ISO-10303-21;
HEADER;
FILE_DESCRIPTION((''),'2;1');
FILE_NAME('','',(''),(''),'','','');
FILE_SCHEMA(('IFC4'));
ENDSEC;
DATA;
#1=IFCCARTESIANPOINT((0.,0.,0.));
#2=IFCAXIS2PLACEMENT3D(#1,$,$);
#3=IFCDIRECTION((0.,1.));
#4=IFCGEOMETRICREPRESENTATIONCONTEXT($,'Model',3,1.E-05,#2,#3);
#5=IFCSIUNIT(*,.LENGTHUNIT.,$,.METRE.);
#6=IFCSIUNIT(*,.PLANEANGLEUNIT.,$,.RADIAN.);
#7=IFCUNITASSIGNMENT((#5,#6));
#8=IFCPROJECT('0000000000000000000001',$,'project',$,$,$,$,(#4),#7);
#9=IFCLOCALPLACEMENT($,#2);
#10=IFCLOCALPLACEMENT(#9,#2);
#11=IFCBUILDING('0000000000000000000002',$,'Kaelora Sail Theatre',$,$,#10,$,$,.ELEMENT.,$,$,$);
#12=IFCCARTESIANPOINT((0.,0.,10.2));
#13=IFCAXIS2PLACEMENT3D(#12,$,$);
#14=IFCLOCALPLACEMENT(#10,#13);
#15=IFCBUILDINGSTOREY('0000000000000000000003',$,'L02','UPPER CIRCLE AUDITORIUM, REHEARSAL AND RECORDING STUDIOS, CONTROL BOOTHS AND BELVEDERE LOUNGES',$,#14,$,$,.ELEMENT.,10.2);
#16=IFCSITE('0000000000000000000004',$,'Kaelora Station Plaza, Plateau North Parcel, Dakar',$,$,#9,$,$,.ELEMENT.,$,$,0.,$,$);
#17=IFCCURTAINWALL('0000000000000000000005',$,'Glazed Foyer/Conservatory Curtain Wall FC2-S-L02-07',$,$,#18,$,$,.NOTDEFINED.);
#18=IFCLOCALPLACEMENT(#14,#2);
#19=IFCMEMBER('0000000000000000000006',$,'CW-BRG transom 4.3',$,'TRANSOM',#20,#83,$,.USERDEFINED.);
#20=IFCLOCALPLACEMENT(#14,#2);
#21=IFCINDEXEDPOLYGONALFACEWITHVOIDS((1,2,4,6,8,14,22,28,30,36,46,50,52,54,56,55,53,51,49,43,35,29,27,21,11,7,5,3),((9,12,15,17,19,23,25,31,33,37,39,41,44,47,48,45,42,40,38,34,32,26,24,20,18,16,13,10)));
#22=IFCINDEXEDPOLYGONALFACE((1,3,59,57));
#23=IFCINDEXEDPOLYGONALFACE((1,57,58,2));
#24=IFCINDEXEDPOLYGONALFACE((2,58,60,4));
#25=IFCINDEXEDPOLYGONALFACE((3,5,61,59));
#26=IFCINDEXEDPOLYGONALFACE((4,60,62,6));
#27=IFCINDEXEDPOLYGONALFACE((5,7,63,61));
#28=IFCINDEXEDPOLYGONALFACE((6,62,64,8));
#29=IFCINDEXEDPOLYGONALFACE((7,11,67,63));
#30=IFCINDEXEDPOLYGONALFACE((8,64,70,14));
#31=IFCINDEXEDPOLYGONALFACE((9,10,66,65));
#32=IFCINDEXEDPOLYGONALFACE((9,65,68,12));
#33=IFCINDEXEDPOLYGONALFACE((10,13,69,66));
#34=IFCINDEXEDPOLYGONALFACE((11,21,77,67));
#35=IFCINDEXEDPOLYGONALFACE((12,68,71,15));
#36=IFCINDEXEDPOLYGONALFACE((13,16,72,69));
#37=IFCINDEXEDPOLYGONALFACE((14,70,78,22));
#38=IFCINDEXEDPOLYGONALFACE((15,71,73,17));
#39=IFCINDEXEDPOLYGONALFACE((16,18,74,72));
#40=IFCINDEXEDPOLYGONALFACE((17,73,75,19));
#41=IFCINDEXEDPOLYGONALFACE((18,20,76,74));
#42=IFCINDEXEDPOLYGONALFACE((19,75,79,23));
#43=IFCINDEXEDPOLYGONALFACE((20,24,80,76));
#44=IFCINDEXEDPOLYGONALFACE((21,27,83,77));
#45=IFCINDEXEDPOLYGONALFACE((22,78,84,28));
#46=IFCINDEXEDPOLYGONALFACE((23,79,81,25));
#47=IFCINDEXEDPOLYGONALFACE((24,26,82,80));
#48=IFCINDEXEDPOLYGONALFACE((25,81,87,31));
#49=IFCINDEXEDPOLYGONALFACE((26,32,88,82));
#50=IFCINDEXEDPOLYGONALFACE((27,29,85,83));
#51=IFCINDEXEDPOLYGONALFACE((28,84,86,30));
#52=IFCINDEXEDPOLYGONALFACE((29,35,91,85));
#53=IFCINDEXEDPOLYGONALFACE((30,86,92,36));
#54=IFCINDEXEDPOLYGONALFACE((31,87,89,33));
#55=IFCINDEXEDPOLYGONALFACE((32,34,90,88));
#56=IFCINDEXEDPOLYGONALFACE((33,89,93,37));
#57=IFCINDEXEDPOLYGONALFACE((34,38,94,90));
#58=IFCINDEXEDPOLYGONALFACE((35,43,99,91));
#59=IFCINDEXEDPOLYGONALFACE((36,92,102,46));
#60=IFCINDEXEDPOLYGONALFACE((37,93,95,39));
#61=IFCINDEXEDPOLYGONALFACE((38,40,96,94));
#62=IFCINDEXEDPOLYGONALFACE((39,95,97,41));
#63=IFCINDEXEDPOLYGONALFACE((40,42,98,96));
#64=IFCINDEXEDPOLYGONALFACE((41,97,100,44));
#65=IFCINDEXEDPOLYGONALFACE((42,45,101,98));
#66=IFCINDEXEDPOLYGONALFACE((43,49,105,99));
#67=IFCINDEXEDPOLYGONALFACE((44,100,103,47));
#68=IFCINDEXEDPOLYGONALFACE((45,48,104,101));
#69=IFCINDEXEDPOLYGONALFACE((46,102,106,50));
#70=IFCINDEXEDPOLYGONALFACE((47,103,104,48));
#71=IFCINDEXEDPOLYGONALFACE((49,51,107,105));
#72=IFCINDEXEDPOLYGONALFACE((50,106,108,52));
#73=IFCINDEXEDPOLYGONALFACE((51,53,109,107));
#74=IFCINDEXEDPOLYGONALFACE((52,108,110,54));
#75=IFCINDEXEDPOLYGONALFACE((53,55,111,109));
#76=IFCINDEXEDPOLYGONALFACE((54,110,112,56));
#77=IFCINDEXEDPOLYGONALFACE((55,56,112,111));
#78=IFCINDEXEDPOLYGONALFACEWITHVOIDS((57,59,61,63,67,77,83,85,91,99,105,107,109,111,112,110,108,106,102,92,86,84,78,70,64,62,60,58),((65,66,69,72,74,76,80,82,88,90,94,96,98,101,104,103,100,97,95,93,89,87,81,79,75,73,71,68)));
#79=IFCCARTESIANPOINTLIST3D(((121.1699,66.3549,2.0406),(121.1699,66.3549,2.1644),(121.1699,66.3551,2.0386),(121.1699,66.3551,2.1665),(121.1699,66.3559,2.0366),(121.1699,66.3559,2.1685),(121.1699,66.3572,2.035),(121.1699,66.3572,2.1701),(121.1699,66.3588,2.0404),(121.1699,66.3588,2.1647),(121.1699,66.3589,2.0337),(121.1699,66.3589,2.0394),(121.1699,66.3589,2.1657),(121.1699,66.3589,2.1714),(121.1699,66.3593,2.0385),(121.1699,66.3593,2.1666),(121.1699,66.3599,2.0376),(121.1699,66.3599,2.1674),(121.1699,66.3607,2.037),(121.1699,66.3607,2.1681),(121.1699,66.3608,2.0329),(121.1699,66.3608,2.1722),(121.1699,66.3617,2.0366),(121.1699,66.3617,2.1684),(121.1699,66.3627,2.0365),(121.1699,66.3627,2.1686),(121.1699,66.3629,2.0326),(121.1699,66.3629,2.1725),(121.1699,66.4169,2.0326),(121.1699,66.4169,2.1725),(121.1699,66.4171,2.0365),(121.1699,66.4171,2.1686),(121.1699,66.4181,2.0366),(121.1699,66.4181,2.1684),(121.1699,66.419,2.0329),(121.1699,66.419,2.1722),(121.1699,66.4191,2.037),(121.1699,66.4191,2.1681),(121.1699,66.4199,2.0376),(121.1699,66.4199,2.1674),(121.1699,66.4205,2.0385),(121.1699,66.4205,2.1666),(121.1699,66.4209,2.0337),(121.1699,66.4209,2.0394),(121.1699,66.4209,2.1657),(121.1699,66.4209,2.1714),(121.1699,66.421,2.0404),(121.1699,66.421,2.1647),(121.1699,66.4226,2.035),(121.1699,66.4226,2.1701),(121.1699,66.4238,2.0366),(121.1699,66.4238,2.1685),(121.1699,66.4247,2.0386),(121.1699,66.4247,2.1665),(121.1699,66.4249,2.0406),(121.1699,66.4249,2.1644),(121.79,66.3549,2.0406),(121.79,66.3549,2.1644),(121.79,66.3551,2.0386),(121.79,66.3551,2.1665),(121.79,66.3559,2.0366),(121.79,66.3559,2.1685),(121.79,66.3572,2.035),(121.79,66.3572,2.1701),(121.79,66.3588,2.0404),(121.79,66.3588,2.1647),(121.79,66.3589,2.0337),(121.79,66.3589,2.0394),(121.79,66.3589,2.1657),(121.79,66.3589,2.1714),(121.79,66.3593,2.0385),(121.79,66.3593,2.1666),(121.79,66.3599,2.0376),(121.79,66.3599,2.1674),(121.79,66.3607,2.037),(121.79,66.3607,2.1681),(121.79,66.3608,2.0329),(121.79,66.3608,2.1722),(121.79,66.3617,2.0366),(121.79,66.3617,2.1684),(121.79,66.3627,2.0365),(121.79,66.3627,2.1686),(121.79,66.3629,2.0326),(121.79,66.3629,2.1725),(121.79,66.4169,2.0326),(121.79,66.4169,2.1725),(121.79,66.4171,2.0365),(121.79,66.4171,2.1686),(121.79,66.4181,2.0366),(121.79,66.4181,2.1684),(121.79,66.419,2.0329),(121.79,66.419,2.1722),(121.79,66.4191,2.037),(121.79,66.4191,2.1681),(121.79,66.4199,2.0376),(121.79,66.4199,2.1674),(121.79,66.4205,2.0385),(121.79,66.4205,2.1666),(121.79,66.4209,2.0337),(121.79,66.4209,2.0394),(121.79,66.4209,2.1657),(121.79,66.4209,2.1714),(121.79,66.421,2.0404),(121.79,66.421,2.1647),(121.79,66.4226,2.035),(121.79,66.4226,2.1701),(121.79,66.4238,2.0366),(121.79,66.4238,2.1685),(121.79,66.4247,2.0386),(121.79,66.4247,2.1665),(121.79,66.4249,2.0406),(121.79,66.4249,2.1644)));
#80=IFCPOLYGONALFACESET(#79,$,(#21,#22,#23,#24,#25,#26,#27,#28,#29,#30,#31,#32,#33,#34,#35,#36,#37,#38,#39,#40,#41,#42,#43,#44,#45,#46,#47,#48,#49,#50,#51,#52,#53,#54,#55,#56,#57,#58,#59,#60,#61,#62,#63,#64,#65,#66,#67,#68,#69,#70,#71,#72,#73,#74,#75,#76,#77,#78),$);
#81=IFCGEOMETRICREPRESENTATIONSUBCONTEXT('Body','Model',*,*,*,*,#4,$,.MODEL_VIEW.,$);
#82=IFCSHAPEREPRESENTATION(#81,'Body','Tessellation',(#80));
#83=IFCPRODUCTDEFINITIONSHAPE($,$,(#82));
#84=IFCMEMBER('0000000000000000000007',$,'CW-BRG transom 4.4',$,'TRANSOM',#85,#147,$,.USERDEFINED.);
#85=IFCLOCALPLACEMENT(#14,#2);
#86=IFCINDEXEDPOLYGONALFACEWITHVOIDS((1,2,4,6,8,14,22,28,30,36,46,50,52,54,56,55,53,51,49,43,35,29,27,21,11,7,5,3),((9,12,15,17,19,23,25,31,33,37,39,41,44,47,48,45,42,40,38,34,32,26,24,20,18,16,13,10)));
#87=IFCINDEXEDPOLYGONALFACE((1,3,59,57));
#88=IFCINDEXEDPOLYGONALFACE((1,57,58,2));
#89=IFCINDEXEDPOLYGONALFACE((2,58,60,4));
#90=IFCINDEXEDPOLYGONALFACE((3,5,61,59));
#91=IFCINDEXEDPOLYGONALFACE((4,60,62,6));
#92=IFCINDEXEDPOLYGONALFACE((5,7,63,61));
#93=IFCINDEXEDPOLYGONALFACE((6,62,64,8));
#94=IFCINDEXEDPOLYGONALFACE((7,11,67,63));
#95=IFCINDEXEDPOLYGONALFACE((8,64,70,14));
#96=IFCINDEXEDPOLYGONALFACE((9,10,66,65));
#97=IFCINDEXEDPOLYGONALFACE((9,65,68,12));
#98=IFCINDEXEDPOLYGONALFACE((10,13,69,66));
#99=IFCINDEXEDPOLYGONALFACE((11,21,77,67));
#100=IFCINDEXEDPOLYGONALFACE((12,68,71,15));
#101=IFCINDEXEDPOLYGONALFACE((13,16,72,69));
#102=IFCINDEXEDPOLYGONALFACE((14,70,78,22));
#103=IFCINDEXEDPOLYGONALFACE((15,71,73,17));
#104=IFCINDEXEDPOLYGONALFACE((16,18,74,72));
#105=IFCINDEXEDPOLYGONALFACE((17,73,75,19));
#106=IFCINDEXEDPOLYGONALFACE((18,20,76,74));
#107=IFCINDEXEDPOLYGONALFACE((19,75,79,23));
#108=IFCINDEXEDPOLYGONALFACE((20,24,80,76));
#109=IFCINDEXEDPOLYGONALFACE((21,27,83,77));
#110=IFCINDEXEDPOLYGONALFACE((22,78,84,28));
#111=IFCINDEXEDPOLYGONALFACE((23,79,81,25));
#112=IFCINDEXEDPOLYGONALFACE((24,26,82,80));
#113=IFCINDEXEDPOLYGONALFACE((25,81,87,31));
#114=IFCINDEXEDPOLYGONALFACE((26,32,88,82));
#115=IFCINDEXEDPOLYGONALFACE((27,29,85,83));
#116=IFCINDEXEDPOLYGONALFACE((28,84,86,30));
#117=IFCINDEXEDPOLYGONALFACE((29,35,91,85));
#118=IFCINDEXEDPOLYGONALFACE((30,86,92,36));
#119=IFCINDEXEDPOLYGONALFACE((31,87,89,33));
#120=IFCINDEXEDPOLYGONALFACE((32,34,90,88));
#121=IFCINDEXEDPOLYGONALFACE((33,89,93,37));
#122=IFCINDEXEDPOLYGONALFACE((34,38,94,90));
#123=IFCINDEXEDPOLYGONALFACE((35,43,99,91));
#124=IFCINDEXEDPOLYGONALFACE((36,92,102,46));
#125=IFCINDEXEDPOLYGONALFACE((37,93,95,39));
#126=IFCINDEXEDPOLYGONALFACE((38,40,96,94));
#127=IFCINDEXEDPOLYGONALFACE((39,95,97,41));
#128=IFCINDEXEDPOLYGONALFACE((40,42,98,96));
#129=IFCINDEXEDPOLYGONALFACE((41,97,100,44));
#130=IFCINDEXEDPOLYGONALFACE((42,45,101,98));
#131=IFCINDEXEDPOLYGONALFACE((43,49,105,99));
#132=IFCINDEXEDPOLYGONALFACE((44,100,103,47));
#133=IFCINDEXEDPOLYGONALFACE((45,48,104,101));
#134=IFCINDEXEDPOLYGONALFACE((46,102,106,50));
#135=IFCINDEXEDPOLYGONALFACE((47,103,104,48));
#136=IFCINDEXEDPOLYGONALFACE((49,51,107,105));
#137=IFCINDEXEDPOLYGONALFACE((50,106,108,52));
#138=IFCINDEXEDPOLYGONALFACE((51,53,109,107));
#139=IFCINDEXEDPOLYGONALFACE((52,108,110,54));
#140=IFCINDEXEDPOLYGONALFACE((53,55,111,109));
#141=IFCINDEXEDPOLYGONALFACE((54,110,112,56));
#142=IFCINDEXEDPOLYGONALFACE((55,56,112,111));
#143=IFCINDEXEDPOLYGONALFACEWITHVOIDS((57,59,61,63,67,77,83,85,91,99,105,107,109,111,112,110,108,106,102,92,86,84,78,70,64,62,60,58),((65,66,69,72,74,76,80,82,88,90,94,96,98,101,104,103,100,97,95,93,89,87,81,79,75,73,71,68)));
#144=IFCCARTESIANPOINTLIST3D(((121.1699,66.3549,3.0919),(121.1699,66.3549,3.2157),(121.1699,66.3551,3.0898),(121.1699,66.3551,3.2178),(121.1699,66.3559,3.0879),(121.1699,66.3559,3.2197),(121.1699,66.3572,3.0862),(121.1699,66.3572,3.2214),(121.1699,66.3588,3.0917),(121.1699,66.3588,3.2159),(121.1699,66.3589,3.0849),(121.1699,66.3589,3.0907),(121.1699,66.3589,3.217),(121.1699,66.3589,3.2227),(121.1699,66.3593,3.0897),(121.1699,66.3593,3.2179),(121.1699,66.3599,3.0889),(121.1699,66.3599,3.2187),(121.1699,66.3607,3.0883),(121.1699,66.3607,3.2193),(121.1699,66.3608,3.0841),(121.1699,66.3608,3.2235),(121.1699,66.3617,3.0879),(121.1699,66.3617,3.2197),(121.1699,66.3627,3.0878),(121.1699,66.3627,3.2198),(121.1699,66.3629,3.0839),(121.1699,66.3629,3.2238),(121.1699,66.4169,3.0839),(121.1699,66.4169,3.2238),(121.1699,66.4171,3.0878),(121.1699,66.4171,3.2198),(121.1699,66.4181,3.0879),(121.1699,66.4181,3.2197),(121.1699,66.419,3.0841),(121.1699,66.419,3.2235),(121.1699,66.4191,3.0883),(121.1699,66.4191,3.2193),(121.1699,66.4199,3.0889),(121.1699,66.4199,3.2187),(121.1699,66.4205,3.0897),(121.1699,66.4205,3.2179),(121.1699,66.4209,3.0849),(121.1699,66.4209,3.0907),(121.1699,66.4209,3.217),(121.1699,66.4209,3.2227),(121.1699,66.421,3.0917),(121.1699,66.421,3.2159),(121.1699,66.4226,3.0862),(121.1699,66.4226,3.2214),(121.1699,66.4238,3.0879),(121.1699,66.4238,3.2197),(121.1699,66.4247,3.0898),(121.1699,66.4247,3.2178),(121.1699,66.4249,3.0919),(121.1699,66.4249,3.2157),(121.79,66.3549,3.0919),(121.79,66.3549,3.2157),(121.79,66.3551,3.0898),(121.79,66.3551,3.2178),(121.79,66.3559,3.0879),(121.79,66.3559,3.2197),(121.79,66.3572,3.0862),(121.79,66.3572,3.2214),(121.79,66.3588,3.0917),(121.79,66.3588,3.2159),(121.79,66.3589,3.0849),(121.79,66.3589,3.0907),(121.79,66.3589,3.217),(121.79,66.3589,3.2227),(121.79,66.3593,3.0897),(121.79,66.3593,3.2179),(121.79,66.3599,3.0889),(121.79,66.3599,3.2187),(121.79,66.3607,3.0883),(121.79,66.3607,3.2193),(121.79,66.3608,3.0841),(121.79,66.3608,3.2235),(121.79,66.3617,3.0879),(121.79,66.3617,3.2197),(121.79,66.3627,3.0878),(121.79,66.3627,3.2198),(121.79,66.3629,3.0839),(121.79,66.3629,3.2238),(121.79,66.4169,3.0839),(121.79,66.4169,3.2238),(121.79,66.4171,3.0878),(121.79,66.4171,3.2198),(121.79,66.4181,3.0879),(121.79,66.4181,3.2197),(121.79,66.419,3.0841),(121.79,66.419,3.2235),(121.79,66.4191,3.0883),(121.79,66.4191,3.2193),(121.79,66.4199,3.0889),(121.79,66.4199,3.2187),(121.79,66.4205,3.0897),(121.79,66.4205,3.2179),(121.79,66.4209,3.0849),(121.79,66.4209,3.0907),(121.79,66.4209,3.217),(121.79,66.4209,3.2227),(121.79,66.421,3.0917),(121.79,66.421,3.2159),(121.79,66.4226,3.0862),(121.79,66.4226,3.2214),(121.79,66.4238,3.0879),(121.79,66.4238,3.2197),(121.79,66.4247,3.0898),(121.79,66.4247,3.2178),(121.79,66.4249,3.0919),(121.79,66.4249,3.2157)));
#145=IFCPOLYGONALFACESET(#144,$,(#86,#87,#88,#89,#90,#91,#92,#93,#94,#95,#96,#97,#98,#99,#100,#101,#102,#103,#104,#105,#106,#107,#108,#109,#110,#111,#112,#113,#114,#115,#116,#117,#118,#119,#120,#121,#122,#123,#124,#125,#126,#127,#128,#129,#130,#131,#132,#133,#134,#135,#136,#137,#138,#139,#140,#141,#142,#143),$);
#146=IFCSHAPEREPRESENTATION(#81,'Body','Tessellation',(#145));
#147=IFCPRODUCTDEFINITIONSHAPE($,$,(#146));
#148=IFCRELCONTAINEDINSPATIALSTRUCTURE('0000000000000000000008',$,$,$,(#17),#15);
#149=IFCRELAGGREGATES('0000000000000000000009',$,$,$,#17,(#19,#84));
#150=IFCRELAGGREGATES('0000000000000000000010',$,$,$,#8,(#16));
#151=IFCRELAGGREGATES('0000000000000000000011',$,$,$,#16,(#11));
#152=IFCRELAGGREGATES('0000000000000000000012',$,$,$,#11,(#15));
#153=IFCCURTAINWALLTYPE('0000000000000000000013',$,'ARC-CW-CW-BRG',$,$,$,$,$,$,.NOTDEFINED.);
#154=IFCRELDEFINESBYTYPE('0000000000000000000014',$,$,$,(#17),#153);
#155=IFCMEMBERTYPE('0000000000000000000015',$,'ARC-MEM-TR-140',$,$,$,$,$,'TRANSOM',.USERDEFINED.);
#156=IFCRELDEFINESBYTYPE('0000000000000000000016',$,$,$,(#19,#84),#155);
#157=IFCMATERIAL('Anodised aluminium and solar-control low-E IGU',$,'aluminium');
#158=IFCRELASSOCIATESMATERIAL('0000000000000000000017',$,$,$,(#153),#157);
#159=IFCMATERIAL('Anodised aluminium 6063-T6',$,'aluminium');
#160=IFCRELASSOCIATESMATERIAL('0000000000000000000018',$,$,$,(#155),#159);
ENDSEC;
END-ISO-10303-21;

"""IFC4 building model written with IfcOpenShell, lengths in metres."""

from ifc_helpers import new_model, si_unit, direction, frame, origin, origin_2d, place, context, subcontext, project, spatial, hollow_rectangle, extrude, material, material_profile, profile_set, type_object, element, aggregate, save


model = new_model("IFC4")

# Units and contexts
model_context = context("Model", 3, precision=1e-05, world=origin(), true_north=direction((0.0, 1.0)))
body_context = subcontext(model_context, "Body", "Model", "MODEL_VIEW")
ifc_project = project(units=[si_unit("LENGTHUNIT", "METRE"), si_unit("PLANEANGLEUNIT", "RADIAN")], contexts=[model_context])

# Site, building, storey
site_placement = place(None, origin())
site = spatial("IfcSite", under=ifc_project, at=site_placement, Name="Kaelora Station Plaza, Plateau North Parcel, Dakar", CompositionType="ELEMENT", RefElevation=0.0)
building_placement = place(site_placement, origin())
building = spatial("IfcBuilding", under=site, at=building_placement, Name="Kaelora Sail Theatre", CompositionType="ELEMENT")
storey_placement = place(building_placement, frame((0.0, 0.0, 10.2)))
storey = spatial("IfcBuildingStorey", under=building, at=storey_placement, Name="L02", Description="UPPER CIRCLE AUDITORIUM, REHEARSAL AND RECORDING STUDIOS, CONTROL BOOTHS AND BELVEDERE LOUNGES", CompositionType="ELEMENT", Elevation=10.2)

# Curtain wall
ifc_material_1 = material(Name="Anodised aluminium and solar-control low-E IGU", Category="aluminium")
curtain_wall_type = type_object("IfcCurtainWallType", Name="ARC-CW-CW-BRG", PredefinedType="NOTDEFINED", material=ifc_material_1)
curtain_wall_1_placement = place(storey_placement, origin())
curtain_wall_1 = element("IfcCurtainWall", 1, at=curtain_wall_1_placement, inside=storey, type_object=curtain_wall_type, Name="Glazed Foyer/Conservatory Curtain Wall FC2-S-L02-07", PredefinedType="NOTDEFINED")

# Members
ifc_material_2 = material(Name="Anodised aluminium 6063-T6", Category="aluminium")
ifc_material_profile_1 = material_profile(ifc_material_2, hollow_rectangle(XDim=0.0701, YDim=0.1399, WallThickness=0.0039, InnerFilletRadius=0.0039, OuterFilletRadius=0.0081, at=origin_2d()), Name="ALU-TRAN 70x140x4")
ifc_profile_set_1 = profile_set([ifc_material_profile_1], Name="Anodised aluminium 6063-T6")
member_type_1 = type_object("IfcMemberType", Name="ARC-MEM-TR-140", ElementType="TRANSOM", PredefinedType="USERDEFINED", material=ifc_profile_set_1)
member_1_placement = place(storey_placement, frame((121.1699, 66.3899, 2.1025), z_axis=(1.0, 0.0, 0.0), x_axis=(0.0, 1.0, 0.0)))
member_1 = element("IfcMember", 2, at=member_1_placement, type_object=member_type_1, Name="CW-BRG transom 4.3", ObjectType="TRANSOM", PredefinedType="USERDEFINED", context=body_context, shape_type="SweptSolid", body=[
    extrude(hollow_rectangle(XDim=0.0701, YDim=0.1399, WallThickness=0.0039, InnerFilletRadius=0.0039, OuterFilletRadius=0.0081, at=origin_2d()), origin(), (0.0, 0.0, 1.0), 0.6201),
])
member_2_placement = place(storey_placement, frame((121.1699, 66.3899, 3.1538), z_axis=(1.0, 0.0, 0.0), x_axis=(0.0, 1.0, 0.0)))
member_2 = element("IfcMember", 3, at=member_2_placement, type_object=member_type_1, Name="CW-BRG transom 4.4", ObjectType="TRANSOM", PredefinedType="USERDEFINED", context=body_context, shape_type="SweptSolid", body=[
    extrude(hollow_rectangle(XDim=0.0701, YDim=0.1399, WallThickness=0.0039, InnerFilletRadius=0.0039, OuterFilletRadius=0.0081, at=origin_2d()), origin(), (0.0, 0.0, 1.0), 0.6201),
])

aggregate(curtain_wall_1, [member_1, member_2])

save(model, "model.ifc")
